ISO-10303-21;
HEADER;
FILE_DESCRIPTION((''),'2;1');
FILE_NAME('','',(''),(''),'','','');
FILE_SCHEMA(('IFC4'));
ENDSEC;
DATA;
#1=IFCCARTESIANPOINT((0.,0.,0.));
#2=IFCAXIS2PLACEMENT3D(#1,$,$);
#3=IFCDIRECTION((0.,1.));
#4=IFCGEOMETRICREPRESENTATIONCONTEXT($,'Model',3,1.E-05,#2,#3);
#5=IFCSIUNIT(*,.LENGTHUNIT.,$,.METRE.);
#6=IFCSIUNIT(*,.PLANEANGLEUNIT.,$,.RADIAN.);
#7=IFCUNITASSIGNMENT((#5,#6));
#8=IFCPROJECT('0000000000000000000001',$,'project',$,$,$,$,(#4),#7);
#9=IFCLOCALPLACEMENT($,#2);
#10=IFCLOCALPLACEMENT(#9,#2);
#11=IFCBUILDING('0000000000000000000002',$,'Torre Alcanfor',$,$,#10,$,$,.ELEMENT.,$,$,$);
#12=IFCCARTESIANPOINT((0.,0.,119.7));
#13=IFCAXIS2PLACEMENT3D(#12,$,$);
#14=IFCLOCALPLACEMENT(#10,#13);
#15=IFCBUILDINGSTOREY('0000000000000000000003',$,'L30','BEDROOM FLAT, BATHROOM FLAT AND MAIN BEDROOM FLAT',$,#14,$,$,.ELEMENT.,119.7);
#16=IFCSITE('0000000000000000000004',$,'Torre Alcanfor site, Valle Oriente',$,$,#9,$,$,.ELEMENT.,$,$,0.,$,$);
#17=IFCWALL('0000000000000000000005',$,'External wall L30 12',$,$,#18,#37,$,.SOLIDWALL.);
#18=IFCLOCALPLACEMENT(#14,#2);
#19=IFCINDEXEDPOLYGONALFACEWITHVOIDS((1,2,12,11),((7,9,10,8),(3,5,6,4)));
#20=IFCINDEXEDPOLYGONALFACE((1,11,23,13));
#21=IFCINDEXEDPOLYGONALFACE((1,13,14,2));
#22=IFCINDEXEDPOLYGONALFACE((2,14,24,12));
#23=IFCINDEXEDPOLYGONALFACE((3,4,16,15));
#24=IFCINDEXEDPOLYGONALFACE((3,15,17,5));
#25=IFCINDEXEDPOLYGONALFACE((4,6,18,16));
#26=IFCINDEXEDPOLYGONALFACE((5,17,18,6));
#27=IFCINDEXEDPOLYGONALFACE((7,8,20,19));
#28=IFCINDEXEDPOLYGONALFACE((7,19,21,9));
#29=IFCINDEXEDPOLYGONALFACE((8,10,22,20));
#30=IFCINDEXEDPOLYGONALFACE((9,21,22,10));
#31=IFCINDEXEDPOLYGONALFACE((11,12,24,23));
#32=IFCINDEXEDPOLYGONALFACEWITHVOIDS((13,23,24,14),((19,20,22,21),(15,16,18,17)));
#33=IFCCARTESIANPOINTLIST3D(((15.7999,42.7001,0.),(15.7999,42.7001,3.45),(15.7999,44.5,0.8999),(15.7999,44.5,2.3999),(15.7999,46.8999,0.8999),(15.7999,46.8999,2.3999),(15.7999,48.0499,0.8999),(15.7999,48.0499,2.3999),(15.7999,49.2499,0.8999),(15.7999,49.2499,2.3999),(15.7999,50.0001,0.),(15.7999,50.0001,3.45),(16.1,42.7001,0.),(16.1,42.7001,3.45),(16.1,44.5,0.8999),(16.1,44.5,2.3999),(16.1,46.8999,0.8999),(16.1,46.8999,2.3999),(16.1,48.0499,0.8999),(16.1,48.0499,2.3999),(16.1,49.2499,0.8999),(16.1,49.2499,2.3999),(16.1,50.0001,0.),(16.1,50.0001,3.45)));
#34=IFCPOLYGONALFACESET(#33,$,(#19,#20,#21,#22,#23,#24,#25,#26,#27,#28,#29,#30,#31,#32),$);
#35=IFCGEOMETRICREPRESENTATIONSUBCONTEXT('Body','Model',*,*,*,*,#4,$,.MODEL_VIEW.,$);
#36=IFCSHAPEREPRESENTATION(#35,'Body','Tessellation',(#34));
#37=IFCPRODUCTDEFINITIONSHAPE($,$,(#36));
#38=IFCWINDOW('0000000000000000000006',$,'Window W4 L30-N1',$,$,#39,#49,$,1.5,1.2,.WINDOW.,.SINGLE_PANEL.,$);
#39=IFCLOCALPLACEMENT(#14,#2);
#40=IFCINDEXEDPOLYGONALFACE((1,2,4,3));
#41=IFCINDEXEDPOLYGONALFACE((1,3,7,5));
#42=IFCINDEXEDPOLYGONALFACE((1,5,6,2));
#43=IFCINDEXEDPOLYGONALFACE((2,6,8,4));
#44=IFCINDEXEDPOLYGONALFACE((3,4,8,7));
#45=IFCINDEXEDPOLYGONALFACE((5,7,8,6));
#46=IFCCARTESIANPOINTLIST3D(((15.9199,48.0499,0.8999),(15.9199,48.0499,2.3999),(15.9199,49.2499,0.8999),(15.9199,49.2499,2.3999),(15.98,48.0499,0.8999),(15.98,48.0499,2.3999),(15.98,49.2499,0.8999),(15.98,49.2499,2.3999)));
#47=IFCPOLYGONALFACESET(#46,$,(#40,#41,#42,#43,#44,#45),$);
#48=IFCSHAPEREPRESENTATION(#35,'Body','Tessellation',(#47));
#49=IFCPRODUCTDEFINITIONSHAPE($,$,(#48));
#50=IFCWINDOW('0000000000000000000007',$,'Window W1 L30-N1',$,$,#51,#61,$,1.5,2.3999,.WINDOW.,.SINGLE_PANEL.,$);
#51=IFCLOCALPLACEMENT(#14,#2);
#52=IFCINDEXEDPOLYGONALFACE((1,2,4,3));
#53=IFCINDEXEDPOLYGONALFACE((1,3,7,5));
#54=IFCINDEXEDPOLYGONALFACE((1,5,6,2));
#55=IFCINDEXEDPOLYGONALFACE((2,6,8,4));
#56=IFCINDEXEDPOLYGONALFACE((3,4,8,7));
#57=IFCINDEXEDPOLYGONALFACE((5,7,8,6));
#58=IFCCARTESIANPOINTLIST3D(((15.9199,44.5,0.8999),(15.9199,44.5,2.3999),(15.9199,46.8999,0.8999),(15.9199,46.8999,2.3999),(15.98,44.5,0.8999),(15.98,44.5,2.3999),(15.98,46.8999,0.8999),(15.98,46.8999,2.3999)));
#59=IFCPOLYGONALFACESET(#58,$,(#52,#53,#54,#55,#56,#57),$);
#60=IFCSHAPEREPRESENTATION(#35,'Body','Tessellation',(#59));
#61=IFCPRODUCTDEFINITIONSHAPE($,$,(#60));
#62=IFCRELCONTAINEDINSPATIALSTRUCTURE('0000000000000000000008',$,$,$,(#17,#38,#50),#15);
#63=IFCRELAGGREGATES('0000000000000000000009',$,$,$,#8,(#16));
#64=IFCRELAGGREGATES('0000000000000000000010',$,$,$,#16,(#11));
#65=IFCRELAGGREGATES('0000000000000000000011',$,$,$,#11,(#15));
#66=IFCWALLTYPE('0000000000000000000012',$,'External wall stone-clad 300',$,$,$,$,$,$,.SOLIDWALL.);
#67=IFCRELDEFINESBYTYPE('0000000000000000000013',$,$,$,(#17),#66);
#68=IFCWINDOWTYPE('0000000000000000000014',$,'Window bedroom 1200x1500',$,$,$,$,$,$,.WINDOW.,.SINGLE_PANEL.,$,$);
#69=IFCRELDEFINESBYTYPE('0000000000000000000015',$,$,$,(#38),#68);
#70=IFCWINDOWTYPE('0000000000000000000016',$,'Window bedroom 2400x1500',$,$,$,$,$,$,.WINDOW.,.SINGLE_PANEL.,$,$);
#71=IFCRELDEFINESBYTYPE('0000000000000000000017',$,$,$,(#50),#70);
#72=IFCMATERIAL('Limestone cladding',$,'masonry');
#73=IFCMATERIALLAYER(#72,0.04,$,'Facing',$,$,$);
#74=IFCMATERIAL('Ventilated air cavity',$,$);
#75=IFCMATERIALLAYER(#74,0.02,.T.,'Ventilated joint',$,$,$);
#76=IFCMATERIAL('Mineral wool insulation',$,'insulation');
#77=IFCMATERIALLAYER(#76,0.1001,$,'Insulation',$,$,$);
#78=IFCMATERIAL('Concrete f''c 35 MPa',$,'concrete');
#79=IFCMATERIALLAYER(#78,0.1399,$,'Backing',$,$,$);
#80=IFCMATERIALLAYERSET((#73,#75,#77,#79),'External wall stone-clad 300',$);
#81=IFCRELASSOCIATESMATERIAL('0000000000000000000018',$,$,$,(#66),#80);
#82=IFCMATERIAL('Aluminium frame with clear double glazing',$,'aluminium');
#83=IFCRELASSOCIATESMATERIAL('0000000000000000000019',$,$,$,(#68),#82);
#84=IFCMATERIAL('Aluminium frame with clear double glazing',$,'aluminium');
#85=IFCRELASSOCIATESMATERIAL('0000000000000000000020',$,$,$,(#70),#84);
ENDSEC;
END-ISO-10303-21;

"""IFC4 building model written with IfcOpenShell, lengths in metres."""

from ifc_helpers import new_model, si_unit, direction, frame, frame_2d, origin, place, context, subcontext, project, spatial, rectangle, extrude, material, layer, layer_set, type_object, element, fill, save


model = new_model("IFC4")

# Units and contexts
model_context = context("Model", 3, precision=1e-05, world=origin(), true_north=direction((0.0, 1.0)))
body_context = subcontext(model_context, "Body", "Model", "MODEL_VIEW")
ifc_project = project(units=[si_unit("LENGTHUNIT", "METRE"), si_unit("PLANEANGLEUNIT", "RADIAN")], contexts=[model_context])

# Site, building, storey
site_placement = place(None, origin())
site = spatial("IfcSite", under=ifc_project, at=site_placement, Name="Torre Alcanfor site, Valle Oriente", CompositionType="ELEMENT", RefElevation=0.0)
building_placement = place(site_placement, origin())
building = spatial("IfcBuilding", under=site, at=building_placement, Name="Torre Alcanfor", CompositionType="ELEMENT")
storey_placement = place(building_placement, frame((0.0, 0.0, 119.7)))
storey = spatial("IfcBuildingStorey", under=building, at=storey_placement, Name="L30", Description="BEDROOM FLAT, BATHROOM FLAT AND MAIN BEDROOM FLAT", CompositionType="ELEMENT", Elevation=119.7)

# Shared definitions
ifc_material_1 = material(Name="Limestone cladding", Category="masonry")
ifc_layer_1 = layer(ifc_material_1, 0.04, Name="Facing")
ifc_material_2 = material(Name="Ventilated air cavity")
ifc_layer_2 = layer(ifc_material_2, 0.02, ventilated=True, Name="Ventilated joint")
ifc_material_3 = material(Name="Mineral wool insulation", Category="insulation")
ifc_layer_3 = layer(ifc_material_3, 0.1001, Name="Insulation")
ifc_material_4 = material(Name="Concrete f'c 35 MPa", Category="concrete")
ifc_layer_4 = layer(ifc_material_4, 0.1399, Name="Backing")
ifc_layer_set_1 = layer_set([ifc_layer_1, ifc_layer_2, ifc_layer_3, ifc_layer_4], Name="External wall stone-clad 300")
wall_type_1 = type_object("IfcWallType", Name="External wall stone-clad 300", PredefinedType="SOLIDWALL", material=ifc_layer_set_1)
ifc_material_5 = material(Name="Aluminium frame with clear double glazing", Category="aluminium")
window_type_1 = type_object("IfcWindowType", Name="Window bedroom 1200x1500", PartitioningType="SINGLE_PANEL", PredefinedType="WINDOW", material=ifc_material_5)

# Wall, openings, windows
wall_1_placement = place(storey_placement, frame((15.95, 50.0, 0.0), z_axis=(0.0, 0.0, 1.0), x_axis=(0.0, -1.0, 0.0)))
wall_1 = element("IfcWall", 1, at=wall_1_placement, inside=storey, type_object=wall_type_1, Name="External wall L30 12", PredefinedType="SOLIDWALL", context=body_context, shape_type="SweptSolid", body=[
    extrude(rectangle(XDim=7.3, YDim=0.3, at=frame_2d((3.6499, 0.0))), origin(), (0.0, 0.0, 1.0), 3.45),
])
opening_1_placement = place(wall_1_placement, frame((3.1001, 0.0, 0.8999)))
opening_1 = element("IfcOpeningElement", 2, at=opening_1_placement, cuts=wall_1, PredefinedType="OPENING", context=body_context, shape_type="SweptSolid", body=[
    extrude(rectangle(XDim=2.3999, YDim=1.5, at=frame_2d((1.2, 0.75))), frame((0.0, 0.1599, 0.0), z_axis=(0.0, -1.0, 0.0), x_axis=(1.0, 0.0, 0.0)), (0.0, 0.0, 1.0), 0.3201),
])
opening_2_placement = place(wall_1_placement, frame((0.75, 0.0, 0.8999)))
opening_2 = element("IfcOpeningElement", 3, at=opening_2_placement, cuts=wall_1, PredefinedType="OPENING", context=body_context, shape_type="SweptSolid", body=[
    extrude(rectangle(XDim=1.2, YDim=1.5, at=frame_2d((0.6001, 0.75))), frame((0.0, 0.1599, 0.0), z_axis=(0.0, -1.0, 0.0), x_axis=(1.0, 0.0, 0.0)), (0.0, 0.0, 1.0), 0.3201),
])
window_1_placement = place(opening_2_placement, origin())
window_1 = element("IfcWindow", 4, at=window_1_placement, inside=storey, type_object=window_type_1, Name="Window W4 L30-N1", OverallHeight=1.5, OverallWidth=1.2, PartitioningType="SINGLE_PANEL", PredefinedType="WINDOW", context=body_context, shape_type="SweptSolid", body=[
    extrude(rectangle(XDim=1.2, YDim=1.5, at=frame_2d((0.6001, 0.75))), frame((0.0, 0.03, 0.0), z_axis=(0.0, -1.0, 0.0), x_axis=(1.0, 0.0, 0.0)), (0.0, 0.0, 1.0), 0.0601),
])
fill(opening_2, window_1)
ifc_material_6 = material(Name="Aluminium frame with clear double glazing", Category="aluminium")
window_type_2 = type_object("IfcWindowType", Name="Window bedroom 2400x1500", PartitioningType="SINGLE_PANEL", PredefinedType="WINDOW", material=ifc_material_6)
window_2_placement = place(opening_1_placement, origin())
window_2 = element("IfcWindow", 5, at=window_2_placement, inside=storey, type_object=window_type_2, Name="Window W1 L30-N1", OverallHeight=1.5, OverallWidth=2.3999, PartitioningType="SINGLE_PANEL", PredefinedType="WINDOW", context=body_context, shape_type="SweptSolid", body=[
    extrude(rectangle(XDim=2.3999, YDim=1.5, at=frame_2d((1.2, 0.75))), frame((0.0, 0.03, 0.0), z_axis=(0.0, -1.0, 0.0), x_axis=(1.0, 0.0, 0.0)), (0.0, 0.0, 1.0), 0.0601),
])
fill(opening_1, window_2)

save(model, "model.ifc")
